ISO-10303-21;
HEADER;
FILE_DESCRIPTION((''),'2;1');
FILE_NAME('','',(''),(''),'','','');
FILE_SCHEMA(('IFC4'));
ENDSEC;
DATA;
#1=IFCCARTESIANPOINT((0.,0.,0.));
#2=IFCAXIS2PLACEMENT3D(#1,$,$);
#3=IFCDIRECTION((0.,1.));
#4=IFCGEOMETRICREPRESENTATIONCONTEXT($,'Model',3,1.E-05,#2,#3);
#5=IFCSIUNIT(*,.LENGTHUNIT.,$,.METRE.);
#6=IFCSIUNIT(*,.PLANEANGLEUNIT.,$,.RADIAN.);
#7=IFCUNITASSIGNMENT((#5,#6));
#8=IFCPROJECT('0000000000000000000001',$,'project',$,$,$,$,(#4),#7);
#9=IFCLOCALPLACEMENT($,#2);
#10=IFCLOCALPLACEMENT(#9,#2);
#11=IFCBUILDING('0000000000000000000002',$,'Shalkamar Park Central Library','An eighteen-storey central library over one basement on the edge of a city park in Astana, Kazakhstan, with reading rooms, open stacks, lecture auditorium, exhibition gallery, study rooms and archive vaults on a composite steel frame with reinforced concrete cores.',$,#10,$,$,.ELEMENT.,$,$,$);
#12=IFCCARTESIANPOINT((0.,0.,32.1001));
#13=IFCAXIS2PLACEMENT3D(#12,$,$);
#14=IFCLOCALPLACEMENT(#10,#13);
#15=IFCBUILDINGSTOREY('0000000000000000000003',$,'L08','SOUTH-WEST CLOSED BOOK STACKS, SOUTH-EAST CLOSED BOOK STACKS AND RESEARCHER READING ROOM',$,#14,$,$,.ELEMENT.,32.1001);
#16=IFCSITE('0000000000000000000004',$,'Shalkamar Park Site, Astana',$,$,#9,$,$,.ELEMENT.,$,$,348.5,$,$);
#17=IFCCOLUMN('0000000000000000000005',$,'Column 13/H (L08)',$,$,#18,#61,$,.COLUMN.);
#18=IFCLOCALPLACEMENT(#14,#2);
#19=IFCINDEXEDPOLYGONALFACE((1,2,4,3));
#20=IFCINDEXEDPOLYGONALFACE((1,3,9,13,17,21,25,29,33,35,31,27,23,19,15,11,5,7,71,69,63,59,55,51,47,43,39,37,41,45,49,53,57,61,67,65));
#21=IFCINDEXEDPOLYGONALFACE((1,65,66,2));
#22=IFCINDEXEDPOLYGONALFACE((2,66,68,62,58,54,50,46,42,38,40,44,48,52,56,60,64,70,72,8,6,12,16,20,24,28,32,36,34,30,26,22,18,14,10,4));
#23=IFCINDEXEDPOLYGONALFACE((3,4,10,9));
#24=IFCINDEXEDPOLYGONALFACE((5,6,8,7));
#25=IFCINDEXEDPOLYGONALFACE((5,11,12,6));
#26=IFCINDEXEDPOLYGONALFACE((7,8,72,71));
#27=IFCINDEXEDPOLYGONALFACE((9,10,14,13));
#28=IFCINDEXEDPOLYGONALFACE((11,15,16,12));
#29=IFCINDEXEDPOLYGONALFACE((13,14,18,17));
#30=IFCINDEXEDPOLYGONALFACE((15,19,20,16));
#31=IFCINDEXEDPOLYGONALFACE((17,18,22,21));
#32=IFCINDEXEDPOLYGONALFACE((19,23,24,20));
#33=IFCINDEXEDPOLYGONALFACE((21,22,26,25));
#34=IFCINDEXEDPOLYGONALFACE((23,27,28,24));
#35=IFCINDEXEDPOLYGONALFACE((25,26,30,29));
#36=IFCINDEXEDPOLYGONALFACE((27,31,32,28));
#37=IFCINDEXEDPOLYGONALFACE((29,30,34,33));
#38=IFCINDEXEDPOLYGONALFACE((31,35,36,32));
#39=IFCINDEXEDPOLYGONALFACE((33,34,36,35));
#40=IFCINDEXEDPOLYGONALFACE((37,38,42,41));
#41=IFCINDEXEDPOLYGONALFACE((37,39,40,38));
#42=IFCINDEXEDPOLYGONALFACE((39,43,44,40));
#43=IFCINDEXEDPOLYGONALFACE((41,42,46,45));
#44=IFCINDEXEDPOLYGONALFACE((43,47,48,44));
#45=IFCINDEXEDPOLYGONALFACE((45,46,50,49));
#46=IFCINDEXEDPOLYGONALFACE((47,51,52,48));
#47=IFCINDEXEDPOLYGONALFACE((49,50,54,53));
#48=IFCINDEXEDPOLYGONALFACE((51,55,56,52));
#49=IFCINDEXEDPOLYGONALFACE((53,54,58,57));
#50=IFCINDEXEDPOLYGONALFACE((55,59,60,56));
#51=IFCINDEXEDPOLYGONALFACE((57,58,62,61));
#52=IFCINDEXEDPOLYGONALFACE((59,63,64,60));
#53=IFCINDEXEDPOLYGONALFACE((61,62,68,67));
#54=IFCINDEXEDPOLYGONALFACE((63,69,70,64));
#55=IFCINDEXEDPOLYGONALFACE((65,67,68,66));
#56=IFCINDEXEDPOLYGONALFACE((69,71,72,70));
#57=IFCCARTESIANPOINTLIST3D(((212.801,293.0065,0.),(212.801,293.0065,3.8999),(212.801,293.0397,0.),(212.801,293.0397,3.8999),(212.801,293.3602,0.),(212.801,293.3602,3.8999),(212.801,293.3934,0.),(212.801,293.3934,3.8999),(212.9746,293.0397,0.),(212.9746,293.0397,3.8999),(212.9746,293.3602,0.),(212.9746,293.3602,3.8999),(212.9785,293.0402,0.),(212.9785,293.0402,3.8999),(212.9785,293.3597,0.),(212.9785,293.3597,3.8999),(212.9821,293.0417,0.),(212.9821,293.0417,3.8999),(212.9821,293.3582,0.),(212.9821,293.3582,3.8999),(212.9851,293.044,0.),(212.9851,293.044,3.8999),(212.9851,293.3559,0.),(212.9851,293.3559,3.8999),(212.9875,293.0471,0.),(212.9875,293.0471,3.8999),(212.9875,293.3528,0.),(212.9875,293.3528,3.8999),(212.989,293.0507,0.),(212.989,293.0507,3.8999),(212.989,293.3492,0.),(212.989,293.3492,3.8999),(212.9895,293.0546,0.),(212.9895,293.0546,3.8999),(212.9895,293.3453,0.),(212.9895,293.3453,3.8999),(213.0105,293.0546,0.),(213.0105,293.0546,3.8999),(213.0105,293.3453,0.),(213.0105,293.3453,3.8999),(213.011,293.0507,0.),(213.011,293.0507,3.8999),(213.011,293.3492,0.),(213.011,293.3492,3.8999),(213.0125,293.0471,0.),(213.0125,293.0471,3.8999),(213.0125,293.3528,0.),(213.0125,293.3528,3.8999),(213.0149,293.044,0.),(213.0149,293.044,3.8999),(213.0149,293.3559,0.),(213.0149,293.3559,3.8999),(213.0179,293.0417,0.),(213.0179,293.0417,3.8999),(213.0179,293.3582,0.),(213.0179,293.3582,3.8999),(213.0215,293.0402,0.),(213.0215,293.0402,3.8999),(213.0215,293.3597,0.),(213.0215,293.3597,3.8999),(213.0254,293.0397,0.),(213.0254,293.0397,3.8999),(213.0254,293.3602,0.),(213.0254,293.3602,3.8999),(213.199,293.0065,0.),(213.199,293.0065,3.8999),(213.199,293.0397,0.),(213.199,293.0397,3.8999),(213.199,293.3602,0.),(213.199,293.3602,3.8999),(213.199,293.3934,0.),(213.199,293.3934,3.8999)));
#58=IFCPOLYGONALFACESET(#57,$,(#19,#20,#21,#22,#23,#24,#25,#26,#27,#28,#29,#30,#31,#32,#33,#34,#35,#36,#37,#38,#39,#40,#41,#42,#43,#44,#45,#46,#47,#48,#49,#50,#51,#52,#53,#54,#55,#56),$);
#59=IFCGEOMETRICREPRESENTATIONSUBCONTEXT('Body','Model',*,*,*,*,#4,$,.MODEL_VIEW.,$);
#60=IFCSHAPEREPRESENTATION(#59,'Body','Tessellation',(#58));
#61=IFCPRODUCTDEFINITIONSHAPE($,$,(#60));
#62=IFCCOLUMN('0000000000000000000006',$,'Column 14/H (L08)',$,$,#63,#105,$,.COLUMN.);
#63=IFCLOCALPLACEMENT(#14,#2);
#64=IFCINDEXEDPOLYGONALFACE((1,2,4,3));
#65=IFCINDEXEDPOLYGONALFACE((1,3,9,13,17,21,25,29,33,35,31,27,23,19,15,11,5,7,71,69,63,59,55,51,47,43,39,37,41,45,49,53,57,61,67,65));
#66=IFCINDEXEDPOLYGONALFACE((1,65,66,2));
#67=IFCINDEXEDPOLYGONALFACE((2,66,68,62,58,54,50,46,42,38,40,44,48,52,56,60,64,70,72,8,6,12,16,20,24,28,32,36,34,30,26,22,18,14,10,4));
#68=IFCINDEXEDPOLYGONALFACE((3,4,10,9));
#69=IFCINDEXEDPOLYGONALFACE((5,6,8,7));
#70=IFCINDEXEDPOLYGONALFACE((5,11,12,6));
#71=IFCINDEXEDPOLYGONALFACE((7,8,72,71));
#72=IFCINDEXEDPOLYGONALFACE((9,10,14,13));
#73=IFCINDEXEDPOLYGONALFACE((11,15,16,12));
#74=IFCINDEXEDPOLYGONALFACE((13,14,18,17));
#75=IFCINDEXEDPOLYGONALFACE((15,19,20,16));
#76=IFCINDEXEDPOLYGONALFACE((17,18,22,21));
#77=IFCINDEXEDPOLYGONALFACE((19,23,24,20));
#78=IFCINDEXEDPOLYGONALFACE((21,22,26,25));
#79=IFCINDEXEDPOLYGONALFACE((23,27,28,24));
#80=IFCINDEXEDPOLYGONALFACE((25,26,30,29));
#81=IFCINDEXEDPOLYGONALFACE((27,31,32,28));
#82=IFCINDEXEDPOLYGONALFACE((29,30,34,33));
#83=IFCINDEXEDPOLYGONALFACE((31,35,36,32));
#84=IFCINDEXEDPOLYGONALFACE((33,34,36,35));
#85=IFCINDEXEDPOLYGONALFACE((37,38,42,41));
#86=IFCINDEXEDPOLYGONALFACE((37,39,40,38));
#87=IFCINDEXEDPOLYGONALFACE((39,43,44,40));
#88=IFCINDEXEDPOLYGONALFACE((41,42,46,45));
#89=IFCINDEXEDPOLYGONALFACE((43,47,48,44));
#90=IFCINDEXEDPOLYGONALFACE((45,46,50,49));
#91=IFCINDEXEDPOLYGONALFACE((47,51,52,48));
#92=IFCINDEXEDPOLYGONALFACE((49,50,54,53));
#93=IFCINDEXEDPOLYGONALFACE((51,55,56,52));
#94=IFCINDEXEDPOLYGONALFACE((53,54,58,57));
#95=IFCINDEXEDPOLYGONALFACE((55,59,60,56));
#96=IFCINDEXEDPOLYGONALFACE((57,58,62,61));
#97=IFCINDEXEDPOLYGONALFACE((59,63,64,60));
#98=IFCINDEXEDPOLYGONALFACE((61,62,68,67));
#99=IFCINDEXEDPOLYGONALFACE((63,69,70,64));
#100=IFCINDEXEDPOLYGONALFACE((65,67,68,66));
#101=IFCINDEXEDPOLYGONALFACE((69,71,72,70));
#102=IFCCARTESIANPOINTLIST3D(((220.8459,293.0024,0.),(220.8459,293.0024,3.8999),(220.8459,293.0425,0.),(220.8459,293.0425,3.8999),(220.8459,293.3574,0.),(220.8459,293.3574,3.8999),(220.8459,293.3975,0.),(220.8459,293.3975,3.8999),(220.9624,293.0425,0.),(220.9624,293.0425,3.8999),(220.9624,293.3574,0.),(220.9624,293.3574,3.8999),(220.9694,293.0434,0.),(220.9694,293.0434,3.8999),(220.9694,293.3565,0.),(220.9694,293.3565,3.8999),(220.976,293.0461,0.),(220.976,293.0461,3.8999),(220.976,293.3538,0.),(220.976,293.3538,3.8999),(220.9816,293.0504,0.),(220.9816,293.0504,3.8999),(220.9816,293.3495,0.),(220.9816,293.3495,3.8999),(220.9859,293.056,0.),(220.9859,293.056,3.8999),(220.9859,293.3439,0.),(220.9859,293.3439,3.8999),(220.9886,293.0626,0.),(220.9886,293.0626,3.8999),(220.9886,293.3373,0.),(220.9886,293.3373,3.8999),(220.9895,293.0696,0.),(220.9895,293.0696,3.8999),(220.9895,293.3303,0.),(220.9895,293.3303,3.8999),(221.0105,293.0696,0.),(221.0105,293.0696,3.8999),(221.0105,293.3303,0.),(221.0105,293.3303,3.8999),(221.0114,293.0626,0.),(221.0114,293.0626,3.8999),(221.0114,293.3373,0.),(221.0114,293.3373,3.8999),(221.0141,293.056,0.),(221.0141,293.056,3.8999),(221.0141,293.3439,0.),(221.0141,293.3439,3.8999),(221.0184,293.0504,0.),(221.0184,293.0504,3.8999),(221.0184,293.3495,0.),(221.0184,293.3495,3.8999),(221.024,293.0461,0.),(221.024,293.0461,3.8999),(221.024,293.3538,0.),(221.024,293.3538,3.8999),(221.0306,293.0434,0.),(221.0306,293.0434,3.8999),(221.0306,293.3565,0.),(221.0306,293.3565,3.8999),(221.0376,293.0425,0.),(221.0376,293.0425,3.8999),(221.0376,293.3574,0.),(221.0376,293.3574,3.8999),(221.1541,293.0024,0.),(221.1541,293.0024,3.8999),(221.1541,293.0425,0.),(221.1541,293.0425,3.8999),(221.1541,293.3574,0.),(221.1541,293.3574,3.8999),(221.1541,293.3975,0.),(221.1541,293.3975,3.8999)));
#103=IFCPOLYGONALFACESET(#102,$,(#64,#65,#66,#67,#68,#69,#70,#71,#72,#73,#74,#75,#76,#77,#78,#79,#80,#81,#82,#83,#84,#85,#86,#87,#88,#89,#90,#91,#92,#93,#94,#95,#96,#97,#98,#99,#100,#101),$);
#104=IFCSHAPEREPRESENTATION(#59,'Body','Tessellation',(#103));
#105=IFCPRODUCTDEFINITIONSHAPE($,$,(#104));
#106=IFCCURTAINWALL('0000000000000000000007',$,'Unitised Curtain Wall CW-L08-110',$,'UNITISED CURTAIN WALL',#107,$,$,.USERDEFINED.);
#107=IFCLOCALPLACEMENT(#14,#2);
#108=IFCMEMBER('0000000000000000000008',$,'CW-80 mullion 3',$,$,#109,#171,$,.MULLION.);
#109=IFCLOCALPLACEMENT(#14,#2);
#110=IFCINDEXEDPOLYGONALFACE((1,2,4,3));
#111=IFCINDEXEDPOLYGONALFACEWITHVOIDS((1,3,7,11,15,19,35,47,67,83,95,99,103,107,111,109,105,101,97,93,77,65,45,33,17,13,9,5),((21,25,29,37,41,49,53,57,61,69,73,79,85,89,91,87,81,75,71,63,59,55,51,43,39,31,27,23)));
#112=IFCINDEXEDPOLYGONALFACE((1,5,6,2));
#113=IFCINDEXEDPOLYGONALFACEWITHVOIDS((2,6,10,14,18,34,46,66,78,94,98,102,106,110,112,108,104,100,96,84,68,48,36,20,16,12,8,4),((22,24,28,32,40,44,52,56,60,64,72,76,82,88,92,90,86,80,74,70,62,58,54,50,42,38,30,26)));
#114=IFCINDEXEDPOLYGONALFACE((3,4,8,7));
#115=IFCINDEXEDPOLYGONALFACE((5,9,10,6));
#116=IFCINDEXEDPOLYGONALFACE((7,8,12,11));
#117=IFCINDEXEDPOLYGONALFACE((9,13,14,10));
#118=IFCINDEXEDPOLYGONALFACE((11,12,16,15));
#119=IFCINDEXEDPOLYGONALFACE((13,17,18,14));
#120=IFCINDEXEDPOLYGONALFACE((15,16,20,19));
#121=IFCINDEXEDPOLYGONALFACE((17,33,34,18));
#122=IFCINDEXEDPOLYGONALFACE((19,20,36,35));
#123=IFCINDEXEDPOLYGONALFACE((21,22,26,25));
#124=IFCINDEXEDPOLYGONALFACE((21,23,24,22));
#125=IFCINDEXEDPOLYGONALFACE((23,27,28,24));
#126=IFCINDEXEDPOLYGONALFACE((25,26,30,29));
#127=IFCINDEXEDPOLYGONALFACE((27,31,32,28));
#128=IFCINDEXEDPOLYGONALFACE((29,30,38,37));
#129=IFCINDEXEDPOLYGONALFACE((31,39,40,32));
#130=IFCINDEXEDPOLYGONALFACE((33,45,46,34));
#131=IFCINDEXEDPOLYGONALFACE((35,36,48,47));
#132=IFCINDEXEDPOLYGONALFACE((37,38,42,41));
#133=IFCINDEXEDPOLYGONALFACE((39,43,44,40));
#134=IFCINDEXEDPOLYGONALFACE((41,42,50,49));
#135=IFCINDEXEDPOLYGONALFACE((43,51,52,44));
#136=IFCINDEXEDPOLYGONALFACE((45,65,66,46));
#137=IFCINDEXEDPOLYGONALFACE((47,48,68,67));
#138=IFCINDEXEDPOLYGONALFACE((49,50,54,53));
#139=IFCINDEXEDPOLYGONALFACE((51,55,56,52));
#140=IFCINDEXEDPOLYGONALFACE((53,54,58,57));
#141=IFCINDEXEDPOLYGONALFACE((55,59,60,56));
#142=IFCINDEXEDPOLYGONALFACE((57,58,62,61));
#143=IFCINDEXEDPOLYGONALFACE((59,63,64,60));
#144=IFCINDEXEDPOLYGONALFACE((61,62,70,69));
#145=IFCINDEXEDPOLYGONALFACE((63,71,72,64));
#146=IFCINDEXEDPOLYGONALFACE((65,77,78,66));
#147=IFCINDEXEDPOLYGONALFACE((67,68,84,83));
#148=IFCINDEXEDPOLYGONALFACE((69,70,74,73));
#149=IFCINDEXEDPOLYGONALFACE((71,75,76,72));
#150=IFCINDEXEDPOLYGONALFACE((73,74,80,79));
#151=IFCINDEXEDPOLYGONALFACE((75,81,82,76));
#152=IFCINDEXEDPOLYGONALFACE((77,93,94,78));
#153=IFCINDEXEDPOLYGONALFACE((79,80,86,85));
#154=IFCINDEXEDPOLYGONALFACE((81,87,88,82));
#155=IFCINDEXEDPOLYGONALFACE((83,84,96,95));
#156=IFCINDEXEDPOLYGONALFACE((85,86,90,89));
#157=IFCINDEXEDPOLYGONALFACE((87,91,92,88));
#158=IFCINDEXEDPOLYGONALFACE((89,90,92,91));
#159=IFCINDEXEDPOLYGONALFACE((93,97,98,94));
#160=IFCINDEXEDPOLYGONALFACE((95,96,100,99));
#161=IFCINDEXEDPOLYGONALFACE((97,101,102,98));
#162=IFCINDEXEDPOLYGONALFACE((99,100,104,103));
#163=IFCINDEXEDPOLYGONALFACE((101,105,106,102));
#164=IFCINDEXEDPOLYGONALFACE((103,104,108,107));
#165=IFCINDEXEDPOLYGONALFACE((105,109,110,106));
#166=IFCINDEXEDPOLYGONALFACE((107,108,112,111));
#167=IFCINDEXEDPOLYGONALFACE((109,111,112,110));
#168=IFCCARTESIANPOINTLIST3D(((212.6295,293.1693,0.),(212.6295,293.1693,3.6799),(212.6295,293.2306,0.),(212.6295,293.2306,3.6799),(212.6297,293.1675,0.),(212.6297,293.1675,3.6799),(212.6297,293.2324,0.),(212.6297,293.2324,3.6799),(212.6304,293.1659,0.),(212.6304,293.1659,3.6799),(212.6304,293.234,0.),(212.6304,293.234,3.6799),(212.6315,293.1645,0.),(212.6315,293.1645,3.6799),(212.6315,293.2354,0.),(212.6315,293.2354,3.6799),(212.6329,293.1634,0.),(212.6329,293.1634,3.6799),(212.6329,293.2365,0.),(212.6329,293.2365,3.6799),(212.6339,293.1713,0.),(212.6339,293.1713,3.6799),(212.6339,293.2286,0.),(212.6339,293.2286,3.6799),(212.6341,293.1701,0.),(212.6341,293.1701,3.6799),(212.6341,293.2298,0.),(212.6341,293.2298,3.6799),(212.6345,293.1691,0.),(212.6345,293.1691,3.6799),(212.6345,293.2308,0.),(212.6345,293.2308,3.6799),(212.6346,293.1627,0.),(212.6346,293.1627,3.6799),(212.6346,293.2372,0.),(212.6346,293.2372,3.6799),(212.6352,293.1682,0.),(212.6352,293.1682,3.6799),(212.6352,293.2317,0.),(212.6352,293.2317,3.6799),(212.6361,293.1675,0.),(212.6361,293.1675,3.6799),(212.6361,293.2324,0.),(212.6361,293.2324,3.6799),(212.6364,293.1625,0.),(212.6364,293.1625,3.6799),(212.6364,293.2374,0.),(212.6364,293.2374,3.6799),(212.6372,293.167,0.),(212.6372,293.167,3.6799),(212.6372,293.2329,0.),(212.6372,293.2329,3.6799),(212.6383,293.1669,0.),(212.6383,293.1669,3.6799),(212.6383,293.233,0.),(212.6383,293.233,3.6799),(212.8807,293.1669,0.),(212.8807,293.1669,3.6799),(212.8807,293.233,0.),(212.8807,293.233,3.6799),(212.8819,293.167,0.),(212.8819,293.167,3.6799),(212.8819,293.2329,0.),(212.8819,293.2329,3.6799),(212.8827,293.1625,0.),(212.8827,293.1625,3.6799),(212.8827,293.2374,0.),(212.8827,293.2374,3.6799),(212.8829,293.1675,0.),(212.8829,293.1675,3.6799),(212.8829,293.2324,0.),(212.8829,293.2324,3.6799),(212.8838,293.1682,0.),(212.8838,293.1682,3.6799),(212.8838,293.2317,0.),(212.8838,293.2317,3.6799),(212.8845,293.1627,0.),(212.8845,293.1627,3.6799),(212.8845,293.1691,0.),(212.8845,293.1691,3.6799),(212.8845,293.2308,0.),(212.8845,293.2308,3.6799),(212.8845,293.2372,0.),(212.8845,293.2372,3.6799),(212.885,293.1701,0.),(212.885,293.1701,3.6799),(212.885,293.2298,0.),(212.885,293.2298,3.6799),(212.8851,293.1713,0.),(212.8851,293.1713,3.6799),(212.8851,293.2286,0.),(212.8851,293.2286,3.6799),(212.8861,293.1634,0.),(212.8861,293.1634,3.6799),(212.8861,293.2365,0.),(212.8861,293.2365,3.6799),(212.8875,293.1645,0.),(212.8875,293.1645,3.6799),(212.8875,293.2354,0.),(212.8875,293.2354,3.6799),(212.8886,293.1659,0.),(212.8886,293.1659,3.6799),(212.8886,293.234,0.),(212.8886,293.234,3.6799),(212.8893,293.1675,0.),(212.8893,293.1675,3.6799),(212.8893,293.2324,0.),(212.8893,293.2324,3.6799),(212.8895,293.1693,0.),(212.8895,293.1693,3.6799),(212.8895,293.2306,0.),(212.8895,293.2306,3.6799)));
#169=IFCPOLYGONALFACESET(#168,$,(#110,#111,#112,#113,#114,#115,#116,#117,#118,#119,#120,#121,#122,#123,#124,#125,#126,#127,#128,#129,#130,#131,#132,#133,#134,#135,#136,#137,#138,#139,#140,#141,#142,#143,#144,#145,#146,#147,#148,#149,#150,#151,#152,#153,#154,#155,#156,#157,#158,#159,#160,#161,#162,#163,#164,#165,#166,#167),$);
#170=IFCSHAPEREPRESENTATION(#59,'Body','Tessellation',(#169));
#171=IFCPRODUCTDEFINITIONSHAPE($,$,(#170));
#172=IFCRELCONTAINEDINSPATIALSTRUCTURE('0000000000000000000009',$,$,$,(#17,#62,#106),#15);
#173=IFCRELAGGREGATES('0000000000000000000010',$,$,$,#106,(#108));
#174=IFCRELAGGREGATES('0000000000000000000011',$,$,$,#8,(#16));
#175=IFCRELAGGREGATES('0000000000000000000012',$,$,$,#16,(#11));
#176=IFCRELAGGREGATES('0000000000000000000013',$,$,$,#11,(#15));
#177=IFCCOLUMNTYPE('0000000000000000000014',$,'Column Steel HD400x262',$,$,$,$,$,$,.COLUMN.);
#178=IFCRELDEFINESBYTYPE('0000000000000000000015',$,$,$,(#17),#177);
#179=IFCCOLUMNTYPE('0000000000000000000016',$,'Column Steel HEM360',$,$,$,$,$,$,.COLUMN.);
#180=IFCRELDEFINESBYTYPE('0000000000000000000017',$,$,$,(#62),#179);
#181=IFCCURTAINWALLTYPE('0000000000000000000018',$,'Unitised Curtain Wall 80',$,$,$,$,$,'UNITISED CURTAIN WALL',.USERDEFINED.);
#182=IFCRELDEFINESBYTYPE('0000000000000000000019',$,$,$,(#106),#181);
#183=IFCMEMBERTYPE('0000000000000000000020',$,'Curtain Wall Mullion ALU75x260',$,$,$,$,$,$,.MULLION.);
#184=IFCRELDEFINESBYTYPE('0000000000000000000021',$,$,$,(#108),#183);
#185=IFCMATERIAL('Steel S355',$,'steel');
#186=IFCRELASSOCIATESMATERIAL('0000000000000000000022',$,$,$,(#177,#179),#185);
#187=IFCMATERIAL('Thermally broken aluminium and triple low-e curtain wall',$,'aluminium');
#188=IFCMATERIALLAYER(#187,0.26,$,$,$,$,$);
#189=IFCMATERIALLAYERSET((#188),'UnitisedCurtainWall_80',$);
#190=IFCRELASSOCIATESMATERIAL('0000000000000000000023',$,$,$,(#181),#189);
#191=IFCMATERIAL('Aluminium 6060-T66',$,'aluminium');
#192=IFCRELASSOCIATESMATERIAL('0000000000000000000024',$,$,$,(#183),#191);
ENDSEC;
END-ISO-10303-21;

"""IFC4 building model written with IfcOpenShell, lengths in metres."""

from ifc_helpers import new_model, si_unit, direction, frame, origin, origin_2d, place, context, subcontext, project, spatial, hollow_rectangle, i_section, extrude, material, layer, layer_set, material_profile, profile_set, type_object, element, aggregate, save


model = new_model("IFC4")

# Units and contexts
model_context = context("Model", 3, precision=1e-05, world=origin(), true_north=direction((0.0, 1.0)))
body_context = subcontext(model_context, "Body", "Model", "MODEL_VIEW")
ifc_project = project(units=[si_unit("LENGTHUNIT", "METRE"), si_unit("PLANEANGLEUNIT", "RADIAN")], contexts=[model_context])

# Site, building, storey
site_placement = place(None, origin())
site = spatial("IfcSite", under=ifc_project, at=site_placement, Name="Shalkamar Park Site, Astana", CompositionType="ELEMENT", RefElevation=348.5)
building_placement = place(site_placement, origin())
building = spatial("IfcBuilding", under=site, at=building_placement, Name="Shalkamar Park Central Library", Description="An eighteen-storey central library over one basement on the edge of a city park in Astana, Kazakhstan, with reading rooms, open stacks, lecture auditorium, exhibition gallery, study rooms and archive vaults on a composite steel frame with reinforced concrete cores.", CompositionType="ELEMENT")
storey_placement = place(building_placement, frame((0.0, 0.0, 32.1001)))
storey = spatial("IfcBuildingStorey", under=building, at=storey_placement, Name="L08", Description="SOUTH-WEST CLOSED BOOK STACKS, SOUTH-EAST CLOSED BOOK STACKS AND RESEARCHER READING ROOM", CompositionType="ELEMENT", Elevation=32.1001)

# Columns
ifc_material_1 = material(Name="Steel S355", Category="steel")
ifc_material_profile_1 = material_profile(ifc_material_1, i_section(OverallWidth=0.3979, OverallDepth=0.387, WebThickness=0.021, FlangeThickness=0.0332, FilletRadius=0.0149, at=origin_2d()), Name="HD 400x262")
ifc_profile_set_1 = profile_set([ifc_material_profile_1], Name="Steel S355")
column_type_1 = type_object("IfcColumnType", Name="Column Steel HD400x262", PredefinedType="COLUMN", material=ifc_profile_set_1)
column_1_placement = place(storey_placement, frame((213.0, 293.2, 0.0), z_axis=(0.0, 0.0, 1.0), x_axis=(1.0, 0.0, 0.0)))
element("IfcColumn", 1, at=column_1_placement, inside=storey, type_object=column_type_1, Name="Column 13/H (L08)", PredefinedType="COLUMN", context=body_context, shape_type="SweptSolid", body=[
    extrude(i_section(OverallWidth=0.3979, OverallDepth=0.387, WebThickness=0.021, FlangeThickness=0.0332, FilletRadius=0.0149, at=origin_2d()), origin(), (0.0, 0.0, 1.0), 3.8999),
])
ifc_material_profile_2 = material_profile(ifc_material_1, i_section(OverallWidth=0.3081, OverallDepth=0.395, WebThickness=0.021, FlangeThickness=0.04, FilletRadius=0.0271, at=origin_2d()), Name="HEM 360")
ifc_profile_set_2 = profile_set([ifc_material_profile_2], Name="Steel S355")
column_type_2 = type_object("IfcColumnType", Name="Column Steel HEM360", PredefinedType="COLUMN", material=ifc_profile_set_2)
column_2_placement = place(storey_placement, frame((221.0, 293.2, 0.0), z_axis=(0.0, 0.0, 1.0), x_axis=(1.0, 0.0, 0.0)))
element("IfcColumn", 2, at=column_2_placement, inside=storey, type_object=column_type_2, Name="Column 14/H (L08)", PredefinedType="COLUMN", context=body_context, shape_type="SweptSolid", body=[
    extrude(i_section(OverallWidth=0.3081, OverallDepth=0.395, WebThickness=0.021, FlangeThickness=0.04, FilletRadius=0.0271, at=origin_2d()), origin(), (0.0, 0.0, 1.0), 3.8999),
])

# Curtain wall, member
ifc_material_2 = material(Name="Thermally broken aluminium and triple low-e curtain wall", Category="aluminium")
ifc_layer_1 = layer(ifc_material_2, 0.26)
ifc_layer_set_1 = layer_set([ifc_layer_1], Name="UnitisedCurtainWall_80")
curtain_wall_type_1 = type_object("IfcCurtainWallType", Name="Unitised Curtain Wall 80", ElementType="UNITISED CURTAIN WALL", PredefinedType="USERDEFINED", material=ifc_layer_set_1)
curtain_wall_1_placement = place(storey_placement, origin())
curtain_wall_1 = element("IfcCurtainWall", 3, at=curtain_wall_1_placement, inside=storey, type_object=curtain_wall_type_1, Name="Unitised Curtain Wall CW-L08-110", ObjectType="UNITISED CURTAIN WALL", PredefinedType="USERDEFINED")
ifc_material_3 = material(Name="Aluminium 6060-T66", Category="aluminium")
ifc_material_profile_3 = material_profile(ifc_material_3, hollow_rectangle(XDim=0.075, YDim=0.26, WallThickness=0.0044, InnerFilletRadius=0.0044, OuterFilletRadius=0.0068, at=origin_2d()), Name="ALU 75x260x4.5")
ifc_profile_set_3 = profile_set([ifc_material_profile_3], Name="Aluminium 6060-T66")
member_type_1 = type_object("IfcMemberType", Name="Curtain Wall Mullion ALU75x260", PredefinedType="MULLION", material=ifc_profile_set_3)
member_1_placement = place(storey_placement, frame((212.7595, 293.2, 0.0), z_axis=(0.0, 0.0, 1.0), x_axis=(0.0, 1.0, 0.0)))
member_1 = element("IfcMember", 4, at=member_1_placement, type_object=member_type_1, Name="CW-80 mullion 3", PredefinedType="MULLION", context=body_context, shape_type="SweptSolid", body=[
    extrude(hollow_rectangle(XDim=0.075, YDim=0.26, WallThickness=0.0044, InnerFilletRadius=0.0044, OuterFilletRadius=0.0068, at=origin_2d()), origin(), (0.0, 0.0, 1.0), 3.6799),
])

aggregate(curtain_wall_1, [member_1])

save(model, "model.ifc")
